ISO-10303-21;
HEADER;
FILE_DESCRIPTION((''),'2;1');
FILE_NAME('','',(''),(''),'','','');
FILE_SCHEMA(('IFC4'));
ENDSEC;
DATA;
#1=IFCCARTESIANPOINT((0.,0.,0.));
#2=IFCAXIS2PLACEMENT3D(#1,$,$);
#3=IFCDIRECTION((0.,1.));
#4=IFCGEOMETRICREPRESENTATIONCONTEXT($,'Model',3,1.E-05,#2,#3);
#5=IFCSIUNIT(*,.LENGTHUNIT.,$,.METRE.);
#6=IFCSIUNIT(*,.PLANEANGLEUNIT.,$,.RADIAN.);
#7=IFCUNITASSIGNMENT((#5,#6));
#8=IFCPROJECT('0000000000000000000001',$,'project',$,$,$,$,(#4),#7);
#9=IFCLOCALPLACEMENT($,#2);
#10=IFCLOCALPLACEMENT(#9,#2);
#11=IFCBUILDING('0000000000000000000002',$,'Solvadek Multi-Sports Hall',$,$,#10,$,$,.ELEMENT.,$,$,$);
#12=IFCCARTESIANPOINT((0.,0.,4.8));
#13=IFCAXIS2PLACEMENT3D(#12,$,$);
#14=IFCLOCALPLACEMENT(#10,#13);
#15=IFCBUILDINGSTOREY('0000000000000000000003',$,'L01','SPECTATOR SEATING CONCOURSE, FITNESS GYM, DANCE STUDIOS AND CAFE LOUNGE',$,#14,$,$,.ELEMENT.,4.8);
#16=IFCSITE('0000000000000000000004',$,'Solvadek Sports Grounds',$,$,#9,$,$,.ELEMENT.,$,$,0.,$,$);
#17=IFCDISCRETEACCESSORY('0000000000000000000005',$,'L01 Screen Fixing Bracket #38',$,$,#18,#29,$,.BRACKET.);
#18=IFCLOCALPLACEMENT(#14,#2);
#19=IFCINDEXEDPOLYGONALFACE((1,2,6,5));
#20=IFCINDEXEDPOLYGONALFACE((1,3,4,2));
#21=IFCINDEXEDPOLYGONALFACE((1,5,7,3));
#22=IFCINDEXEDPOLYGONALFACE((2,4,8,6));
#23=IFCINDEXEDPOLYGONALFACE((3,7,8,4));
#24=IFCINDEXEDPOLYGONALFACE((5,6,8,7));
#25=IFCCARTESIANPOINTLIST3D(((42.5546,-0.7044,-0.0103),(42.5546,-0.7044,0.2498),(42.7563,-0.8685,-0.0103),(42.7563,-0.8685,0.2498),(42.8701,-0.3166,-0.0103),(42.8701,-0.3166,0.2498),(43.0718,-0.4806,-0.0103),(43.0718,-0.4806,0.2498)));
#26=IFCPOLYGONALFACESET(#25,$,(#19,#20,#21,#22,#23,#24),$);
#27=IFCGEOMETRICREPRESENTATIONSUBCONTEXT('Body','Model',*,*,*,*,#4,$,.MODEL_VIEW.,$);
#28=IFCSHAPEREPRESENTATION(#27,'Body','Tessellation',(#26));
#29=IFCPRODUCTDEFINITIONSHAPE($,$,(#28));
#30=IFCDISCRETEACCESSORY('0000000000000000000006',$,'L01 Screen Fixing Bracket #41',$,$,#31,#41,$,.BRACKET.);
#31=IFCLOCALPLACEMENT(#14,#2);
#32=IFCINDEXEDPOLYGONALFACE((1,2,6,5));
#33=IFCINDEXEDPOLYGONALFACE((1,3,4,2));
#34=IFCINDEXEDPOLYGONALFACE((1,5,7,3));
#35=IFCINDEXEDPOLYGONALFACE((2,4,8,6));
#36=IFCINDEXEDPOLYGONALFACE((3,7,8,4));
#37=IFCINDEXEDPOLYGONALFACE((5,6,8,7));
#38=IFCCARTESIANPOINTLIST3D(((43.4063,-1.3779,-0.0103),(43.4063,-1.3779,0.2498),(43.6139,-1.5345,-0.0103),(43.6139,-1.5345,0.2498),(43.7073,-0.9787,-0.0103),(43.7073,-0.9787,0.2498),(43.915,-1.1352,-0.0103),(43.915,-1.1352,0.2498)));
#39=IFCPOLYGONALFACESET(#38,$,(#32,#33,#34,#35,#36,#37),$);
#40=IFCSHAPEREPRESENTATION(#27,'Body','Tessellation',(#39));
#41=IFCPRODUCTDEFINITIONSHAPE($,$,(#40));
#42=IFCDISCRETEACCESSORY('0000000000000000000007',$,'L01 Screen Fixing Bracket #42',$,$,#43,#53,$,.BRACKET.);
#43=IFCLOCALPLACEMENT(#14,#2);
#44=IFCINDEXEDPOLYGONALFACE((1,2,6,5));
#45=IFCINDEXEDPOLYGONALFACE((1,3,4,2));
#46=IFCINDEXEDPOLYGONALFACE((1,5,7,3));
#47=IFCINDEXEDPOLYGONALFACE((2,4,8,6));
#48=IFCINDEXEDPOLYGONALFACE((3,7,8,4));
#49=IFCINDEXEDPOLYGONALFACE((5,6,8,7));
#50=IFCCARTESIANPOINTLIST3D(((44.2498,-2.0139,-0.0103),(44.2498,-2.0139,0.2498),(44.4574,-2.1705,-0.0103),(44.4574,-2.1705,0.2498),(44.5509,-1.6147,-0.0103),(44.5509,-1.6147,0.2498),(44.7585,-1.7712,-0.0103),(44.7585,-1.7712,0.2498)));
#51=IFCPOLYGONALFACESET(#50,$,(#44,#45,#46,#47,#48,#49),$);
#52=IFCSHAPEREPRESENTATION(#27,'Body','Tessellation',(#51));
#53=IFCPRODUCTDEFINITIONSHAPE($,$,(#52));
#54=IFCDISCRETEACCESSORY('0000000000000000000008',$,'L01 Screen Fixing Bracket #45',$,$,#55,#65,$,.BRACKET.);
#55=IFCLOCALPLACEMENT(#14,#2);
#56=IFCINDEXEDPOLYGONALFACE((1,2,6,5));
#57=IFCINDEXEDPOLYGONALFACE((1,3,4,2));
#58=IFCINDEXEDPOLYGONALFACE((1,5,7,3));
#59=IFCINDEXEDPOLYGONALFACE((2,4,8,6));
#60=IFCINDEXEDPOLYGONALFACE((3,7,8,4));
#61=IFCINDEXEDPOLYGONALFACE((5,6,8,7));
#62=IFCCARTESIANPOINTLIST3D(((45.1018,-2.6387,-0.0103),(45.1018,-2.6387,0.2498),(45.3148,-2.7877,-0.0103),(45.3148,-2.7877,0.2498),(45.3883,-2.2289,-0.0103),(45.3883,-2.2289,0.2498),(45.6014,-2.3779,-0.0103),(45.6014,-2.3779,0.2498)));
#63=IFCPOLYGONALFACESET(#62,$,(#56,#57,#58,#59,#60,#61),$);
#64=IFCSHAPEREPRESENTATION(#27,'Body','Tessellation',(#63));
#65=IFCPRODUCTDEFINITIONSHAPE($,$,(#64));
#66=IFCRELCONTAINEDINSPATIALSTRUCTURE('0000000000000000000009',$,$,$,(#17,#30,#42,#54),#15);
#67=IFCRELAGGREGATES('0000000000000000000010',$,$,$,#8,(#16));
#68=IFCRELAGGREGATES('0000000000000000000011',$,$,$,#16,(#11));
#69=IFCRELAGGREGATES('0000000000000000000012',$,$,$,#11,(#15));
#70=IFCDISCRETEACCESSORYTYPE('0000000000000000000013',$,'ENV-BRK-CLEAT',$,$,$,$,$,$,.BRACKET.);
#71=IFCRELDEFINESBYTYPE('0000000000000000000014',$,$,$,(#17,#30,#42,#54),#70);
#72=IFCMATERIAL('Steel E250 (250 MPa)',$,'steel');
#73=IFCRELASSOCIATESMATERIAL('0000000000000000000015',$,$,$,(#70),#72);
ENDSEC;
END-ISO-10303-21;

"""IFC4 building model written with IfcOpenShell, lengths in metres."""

from ifc_helpers import new_model, si_unit, direction, frame, origin, origin_2d, place, context, subcontext, project, spatial, rectangle, extrude, material, type_object, element, save


model = new_model("IFC4")

# Units and contexts
model_context = context("Model", 3, precision=1e-05, world=origin(), true_north=direction((0.0, 1.0)))
body_context = subcontext(model_context, "Body", "Model", "MODEL_VIEW")
ifc_project = project(units=[si_unit("LENGTHUNIT", "METRE"), si_unit("PLANEANGLEUNIT", "RADIAN")], contexts=[model_context])

# Site, building, storey
site_placement = place(None, origin())
site = spatial("IfcSite", under=ifc_project, at=site_placement, Name="Solvadek Sports Grounds", CompositionType="ELEMENT", RefElevation=0.0)
building_placement = place(site_placement, origin())
building = spatial("IfcBuilding", under=site, at=building_placement, Name="Solvadek Multi-Sports Hall", CompositionType="ELEMENT")
storey_placement = place(building_placement, frame((0.0, 0.0, 4.8)))
storey = spatial("IfcBuildingStorey", under=building, at=storey_placement, Name="L01", Description="SPECTATOR SEATING CONCOURSE, FITNESS GYM, DANCE STUDIOS AND CAFE LOUNGE", CompositionType="ELEMENT", Elevation=4.8)

# Discrete accessories
ifc_material_1 = material(Name="Steel E250 (250 MPa)", Category="steel")
discrete_accessory_type = type_object("IfcDiscreteAccessoryType", Name="ENV-BRK-CLEAT", PredefinedType="BRACKET", material=ifc_material_1)
for number, where, z_axis, x_axis, name in (
    (1, (42.8132, -0.5925, -0.0103), (0.0, 0.0, 1.0), (0.775755, -0.631034, 0.0), "L01 Screen Fixing Bracket #38"),
    (2, (43.6606, -1.2566, -0.0103), (0.0, 0.0, 1.0), (0.798475, -0.602028, 0.0), "L01 Screen Fixing Bracket #41"),
    (3, (44.5042, -1.8926, -0.0103), (0.0, 0.0, 1.0), (0.798475, -0.602028, 0.0), "L01 Screen Fixing Bracket #42"),
    (4, (45.3516, -2.5083, -0.0103), (0.0, 0.0, 1.0), (0.819513, -0.573061, 0.0), "L01 Screen Fixing Bracket #45"),
):
    element("IfcDiscreteAccessory", number, at=place(storey_placement, frame(where, z_axis=z_axis, x_axis=x_axis)), inside=storey, type_object=discrete_accessory_type, Name=name, PredefinedType="BRACKET", context=body_context, shape_type="SweptSolid", body=[
        extrude(rectangle(XDim=0.26, YDim=0.5, at=origin_2d()), origin(), (0.0, 0.0, 1.0), 0.26),
    ])

save(model, "model.ifc")
